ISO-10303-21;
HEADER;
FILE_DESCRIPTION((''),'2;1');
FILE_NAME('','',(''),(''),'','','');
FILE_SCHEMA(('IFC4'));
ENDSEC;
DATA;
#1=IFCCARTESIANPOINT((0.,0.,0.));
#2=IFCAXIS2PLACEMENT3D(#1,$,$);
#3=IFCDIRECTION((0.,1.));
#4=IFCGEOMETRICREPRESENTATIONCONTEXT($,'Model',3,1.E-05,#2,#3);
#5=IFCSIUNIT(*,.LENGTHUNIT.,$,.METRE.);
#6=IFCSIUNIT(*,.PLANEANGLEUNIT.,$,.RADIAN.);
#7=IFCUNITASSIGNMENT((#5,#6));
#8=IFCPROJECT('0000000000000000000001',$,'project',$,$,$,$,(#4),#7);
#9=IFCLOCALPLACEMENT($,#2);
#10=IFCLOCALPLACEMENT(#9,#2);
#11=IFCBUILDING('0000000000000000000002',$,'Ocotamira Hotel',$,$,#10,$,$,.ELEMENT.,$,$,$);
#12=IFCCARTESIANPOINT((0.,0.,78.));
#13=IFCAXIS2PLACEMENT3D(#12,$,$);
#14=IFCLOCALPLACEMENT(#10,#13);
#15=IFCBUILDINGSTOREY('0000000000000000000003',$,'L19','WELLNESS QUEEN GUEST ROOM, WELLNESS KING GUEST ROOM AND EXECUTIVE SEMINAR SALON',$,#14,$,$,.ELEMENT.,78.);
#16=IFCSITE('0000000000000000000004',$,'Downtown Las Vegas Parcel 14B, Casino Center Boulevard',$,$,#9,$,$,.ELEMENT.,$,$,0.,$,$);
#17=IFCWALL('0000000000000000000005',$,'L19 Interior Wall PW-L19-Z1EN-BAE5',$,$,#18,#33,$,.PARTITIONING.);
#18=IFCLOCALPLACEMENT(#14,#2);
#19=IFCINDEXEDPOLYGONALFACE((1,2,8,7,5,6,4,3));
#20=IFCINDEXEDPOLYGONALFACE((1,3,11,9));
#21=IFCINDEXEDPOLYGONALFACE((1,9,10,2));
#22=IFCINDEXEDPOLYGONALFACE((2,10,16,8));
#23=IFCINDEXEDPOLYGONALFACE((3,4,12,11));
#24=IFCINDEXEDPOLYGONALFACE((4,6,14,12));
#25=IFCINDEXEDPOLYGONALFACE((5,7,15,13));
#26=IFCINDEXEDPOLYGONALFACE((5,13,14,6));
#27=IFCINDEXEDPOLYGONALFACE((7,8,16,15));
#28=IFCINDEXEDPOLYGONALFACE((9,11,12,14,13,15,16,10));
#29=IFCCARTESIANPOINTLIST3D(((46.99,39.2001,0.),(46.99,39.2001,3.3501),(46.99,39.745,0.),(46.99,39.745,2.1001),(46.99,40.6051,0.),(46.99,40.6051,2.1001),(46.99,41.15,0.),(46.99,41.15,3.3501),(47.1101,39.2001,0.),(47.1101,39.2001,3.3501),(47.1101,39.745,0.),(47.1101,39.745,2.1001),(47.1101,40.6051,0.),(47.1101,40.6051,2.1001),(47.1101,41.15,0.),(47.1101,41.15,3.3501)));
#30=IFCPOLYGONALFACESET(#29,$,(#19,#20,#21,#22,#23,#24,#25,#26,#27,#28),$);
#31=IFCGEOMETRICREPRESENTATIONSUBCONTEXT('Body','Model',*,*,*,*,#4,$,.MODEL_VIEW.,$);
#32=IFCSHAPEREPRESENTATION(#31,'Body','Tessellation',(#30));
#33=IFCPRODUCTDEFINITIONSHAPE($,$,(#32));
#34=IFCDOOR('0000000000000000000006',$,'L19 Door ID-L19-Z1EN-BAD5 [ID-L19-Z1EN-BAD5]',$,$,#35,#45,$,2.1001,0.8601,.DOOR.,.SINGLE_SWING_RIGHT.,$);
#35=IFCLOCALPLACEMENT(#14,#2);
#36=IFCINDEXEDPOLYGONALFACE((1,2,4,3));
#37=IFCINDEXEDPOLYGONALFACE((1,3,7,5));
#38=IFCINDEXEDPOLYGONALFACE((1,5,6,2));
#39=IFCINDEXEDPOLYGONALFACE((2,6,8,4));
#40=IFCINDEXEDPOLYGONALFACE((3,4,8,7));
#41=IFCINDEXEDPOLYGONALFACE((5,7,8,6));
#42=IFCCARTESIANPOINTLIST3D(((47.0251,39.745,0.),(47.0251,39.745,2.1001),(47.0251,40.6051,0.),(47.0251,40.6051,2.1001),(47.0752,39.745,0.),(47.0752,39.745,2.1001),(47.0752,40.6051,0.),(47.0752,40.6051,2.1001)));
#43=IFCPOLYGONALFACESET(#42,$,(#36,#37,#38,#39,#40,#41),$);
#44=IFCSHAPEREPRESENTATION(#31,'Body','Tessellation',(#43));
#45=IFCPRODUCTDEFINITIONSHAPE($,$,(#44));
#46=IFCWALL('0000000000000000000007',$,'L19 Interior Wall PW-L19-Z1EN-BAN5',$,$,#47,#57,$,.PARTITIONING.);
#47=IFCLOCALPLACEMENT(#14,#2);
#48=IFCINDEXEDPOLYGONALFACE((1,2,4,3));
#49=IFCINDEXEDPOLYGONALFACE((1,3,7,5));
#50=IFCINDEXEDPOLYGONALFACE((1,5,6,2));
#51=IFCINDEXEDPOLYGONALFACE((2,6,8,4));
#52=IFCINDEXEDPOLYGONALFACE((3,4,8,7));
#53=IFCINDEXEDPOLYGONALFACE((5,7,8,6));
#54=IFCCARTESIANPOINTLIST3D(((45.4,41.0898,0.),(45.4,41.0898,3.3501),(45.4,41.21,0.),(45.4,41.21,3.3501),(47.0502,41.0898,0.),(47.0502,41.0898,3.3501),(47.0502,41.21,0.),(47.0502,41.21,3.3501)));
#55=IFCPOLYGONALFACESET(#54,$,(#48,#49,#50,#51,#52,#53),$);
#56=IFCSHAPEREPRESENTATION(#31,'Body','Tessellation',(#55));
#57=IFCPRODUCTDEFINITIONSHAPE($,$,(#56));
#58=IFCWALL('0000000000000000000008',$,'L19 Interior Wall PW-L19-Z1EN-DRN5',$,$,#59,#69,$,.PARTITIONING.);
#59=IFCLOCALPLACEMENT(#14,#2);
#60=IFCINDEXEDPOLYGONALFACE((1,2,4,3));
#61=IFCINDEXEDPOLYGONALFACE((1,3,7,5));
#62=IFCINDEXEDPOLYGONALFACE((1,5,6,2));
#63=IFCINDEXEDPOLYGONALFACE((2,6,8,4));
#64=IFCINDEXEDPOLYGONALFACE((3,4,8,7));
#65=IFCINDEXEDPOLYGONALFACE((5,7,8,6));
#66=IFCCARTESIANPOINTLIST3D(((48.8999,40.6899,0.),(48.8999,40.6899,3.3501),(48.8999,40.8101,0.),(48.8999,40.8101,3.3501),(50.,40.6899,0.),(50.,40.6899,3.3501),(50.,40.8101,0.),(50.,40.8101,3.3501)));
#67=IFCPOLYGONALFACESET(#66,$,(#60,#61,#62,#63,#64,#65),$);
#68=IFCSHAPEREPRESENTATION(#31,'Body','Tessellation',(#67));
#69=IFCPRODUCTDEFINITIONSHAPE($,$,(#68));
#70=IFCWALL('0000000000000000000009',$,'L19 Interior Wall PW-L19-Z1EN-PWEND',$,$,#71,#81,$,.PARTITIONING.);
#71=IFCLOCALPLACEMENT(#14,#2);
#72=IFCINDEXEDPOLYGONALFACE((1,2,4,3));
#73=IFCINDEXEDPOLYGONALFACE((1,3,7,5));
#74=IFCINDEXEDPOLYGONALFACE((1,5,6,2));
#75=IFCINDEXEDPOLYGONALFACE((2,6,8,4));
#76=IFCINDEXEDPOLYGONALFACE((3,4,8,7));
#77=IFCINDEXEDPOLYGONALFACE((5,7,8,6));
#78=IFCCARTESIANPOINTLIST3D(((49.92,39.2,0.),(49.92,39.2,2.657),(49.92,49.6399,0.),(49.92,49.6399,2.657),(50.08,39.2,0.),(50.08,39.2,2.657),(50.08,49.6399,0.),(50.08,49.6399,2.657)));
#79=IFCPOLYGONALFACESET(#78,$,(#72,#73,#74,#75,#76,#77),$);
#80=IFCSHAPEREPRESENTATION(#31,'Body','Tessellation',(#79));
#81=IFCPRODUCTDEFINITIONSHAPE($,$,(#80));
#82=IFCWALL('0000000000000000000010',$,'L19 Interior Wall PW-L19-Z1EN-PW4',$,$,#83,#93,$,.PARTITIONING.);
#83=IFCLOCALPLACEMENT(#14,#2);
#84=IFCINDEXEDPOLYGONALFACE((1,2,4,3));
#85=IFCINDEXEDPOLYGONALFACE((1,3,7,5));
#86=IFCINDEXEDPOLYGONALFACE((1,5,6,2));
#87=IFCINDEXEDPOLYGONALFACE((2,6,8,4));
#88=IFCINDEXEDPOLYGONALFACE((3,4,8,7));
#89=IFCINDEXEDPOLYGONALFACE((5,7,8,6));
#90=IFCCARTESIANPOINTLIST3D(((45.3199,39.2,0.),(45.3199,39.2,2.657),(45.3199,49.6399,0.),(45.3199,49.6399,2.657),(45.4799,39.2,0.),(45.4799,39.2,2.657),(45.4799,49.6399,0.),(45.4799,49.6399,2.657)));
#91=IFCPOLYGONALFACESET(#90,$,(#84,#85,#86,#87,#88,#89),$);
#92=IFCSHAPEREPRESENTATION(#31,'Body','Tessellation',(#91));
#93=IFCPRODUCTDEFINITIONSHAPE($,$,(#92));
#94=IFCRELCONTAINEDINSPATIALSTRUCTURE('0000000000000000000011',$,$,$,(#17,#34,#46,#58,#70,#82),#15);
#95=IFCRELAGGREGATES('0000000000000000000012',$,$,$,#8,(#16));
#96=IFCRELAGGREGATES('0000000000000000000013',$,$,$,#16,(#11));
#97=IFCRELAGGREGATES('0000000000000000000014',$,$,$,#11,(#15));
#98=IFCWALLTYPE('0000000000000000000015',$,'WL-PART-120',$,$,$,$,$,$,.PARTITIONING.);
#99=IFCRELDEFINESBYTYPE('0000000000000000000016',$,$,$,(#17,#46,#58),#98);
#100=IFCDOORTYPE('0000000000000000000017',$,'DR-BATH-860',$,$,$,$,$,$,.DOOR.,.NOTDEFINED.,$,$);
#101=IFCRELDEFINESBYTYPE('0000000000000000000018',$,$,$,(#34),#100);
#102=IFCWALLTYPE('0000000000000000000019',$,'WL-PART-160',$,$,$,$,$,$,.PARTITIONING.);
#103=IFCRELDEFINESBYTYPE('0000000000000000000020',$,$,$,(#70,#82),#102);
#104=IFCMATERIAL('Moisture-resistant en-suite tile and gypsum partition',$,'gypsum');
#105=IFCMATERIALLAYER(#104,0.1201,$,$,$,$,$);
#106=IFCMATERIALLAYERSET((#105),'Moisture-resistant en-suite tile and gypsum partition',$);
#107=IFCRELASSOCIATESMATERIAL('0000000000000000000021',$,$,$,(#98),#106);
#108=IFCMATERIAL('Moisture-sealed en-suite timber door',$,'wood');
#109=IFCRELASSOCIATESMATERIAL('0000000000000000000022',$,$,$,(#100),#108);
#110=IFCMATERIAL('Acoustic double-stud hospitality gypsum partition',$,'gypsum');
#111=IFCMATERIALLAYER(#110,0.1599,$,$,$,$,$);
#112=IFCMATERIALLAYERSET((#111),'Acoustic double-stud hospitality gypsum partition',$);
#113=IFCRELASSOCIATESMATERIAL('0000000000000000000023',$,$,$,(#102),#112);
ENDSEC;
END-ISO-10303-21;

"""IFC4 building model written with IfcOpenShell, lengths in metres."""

from ifc_helpers import new_model, si_unit, direction, frame, frame_2d, origin, place, context, subcontext, project, spatial, rectangle, extrude, source, transform, mapped, material, layer, layer_set, type_object, element, fill, save


model = new_model("IFC4")

# Units and contexts
model_context = context("Model", 3, precision=1e-05, world=origin(), true_north=direction((0.0, 1.0)))
body_context = subcontext(model_context, "Body", "Model", "MODEL_VIEW")
ifc_project = project(units=[si_unit("LENGTHUNIT", "METRE"), si_unit("PLANEANGLEUNIT", "RADIAN")], contexts=[model_context])

# Site, building, storey
site_placement = place(None, origin())
site = spatial("IfcSite", under=ifc_project, at=site_placement, Name="Downtown Las Vegas Parcel 14B, Casino Center Boulevard", CompositionType="ELEMENT", RefElevation=0.0)
building_placement = place(site_placement, origin())
building = spatial("IfcBuilding", under=site, at=building_placement, Name="Ocotamira Hotel", CompositionType="ELEMENT")
storey_placement = place(building_placement, frame((0.0, 0.0, 78.0)))
storey = spatial("IfcBuildingStorey", under=building, at=storey_placement, Name="L19", Description="WELLNESS QUEEN GUEST ROOM, WELLNESS KING GUEST ROOM AND EXECUTIVE SEMINAR SALON", CompositionType="ELEMENT", Elevation=78.0)

# Wall, opening, door
ifc_material_1 = material(Name="Moisture-resistant en-suite tile and gypsum partition", Category="gypsum")
ifc_layer_1 = layer(ifc_material_1, 0.1201)
ifc_layer_set_1 = layer_set([ifc_layer_1], Name="Moisture-resistant en-suite tile and gypsum partition")
wall_type_1 = type_object("IfcWallType", Name="WL-PART-120", PredefinedType="PARTITIONING", material=ifc_layer_set_1)
wall_1_placement = place(storey_placement, frame((47.05, 39.2, 0.0), z_axis=(0.0, 0.0, 1.0), x_axis=(0.0, 1.0, 0.0)))
wall_1 = element("IfcWall", 1, at=wall_1_placement, inside=storey, type_object=wall_type_1, Name="L19 Interior Wall PW-L19-Z1EN-BAE5", PredefinedType="PARTITIONING", context=body_context, shape_type="SweptSolid", body=[
    extrude(rectangle(XDim=1.95, YDim=0.1201, at=frame_2d((0.9751, 0.0))), origin(), (0.0, 0.0, 1.0), 3.3501),
])
opening_1_placement = place(wall_1_placement, frame((0.5449, 0.0, 0.0)))
opening_1 = element("IfcOpeningElement", 2, at=opening_1_placement, cuts=wall_1, PredefinedType="OPENING", context=body_context, shape_type="SweptSolid", body=[
    extrude(rectangle(XDim=0.8601, YDim=2.1001, at=frame_2d((0.4302, 1.05))), frame((0.0, 0.0701, 0.0), z_axis=(0.0, -1.0, 0.0), x_axis=(1.0, 0.0, 0.0)), (0.0, 0.0, 1.0), 0.1401),
])
ifc_material_2 = material(Name="Moisture-sealed en-suite timber door", Category="wood")
door_type_1 = type_object("IfcDoorType", Name="DR-BATH-860", OperationType="NOTDEFINED", PredefinedType="DOOR", material=ifc_material_2)
shared_shape_1 = source(origin(), body_context, "Body", "SweptSolid", [
    extrude(rectangle(XDim=0.8601, YDim=2.1001, at=frame_2d((0.4302, 1.05))), frame((0.0, 0.0249, 0.0), z_axis=(0.0, -1.0, 0.0), x_axis=(1.0, 0.0, 0.0)), (0.0, 0.0, 1.0), 0.05),
])
door_1_placement = place(opening_1_placement, origin())
door_1 = element("IfcDoor", 3, at=door_1_placement, inside=storey, type_object=door_type_1, Name="L19 Door ID-L19-Z1EN-BAD5 [ID-L19-Z1EN-BAD5]", OperationType="SINGLE_SWING_RIGHT", OverallHeight=2.1001, OverallWidth=0.8601, PredefinedType="DOOR", context=body_context, shape_type="MappedRepresentation", body=[
    mapped(shared_shape_1, transform((0.0, 0.0, 0.0), scale=1.0)),
])
fill(opening_1, door_1)

# Walls
wall_2_placement = place(storey_placement, frame((45.3999, 41.1499, 0.0), z_axis=(0.0, 0.0, 1.0), x_axis=(1.0, 0.0, 0.0)))
element("IfcWall", 4, at=wall_2_placement, inside=storey, type_object=wall_type_1, Name="L19 Interior Wall PW-L19-Z1EN-BAN5", PredefinedType="PARTITIONING", context=body_context, shape_type="SweptSolid", body=[
    extrude(rectangle(XDim=1.6501, YDim=0.1201, at=frame_2d((0.8252, 0.0))), origin(), (0.0, 0.0, 1.0), 3.3501),
])
wall_3_placement = place(storey_placement, frame((48.8999, 40.75, 0.0), z_axis=(0.0, 0.0, 1.0), x_axis=(1.0, 0.0, 0.0)))
element("IfcWall", 5, at=wall_3_placement, inside=storey, type_object=wall_type_1, Name="L19 Interior Wall PW-L19-Z1EN-DRN5", PredefinedType="PARTITIONING", context=body_context, shape_type="SweptSolid", body=[
    extrude(rectangle(XDim=1.1001, YDim=0.1201, at=frame_2d((0.55, 0.0))), origin(), (0.0, 0.0, 1.0), 3.3501),
])
ifc_material_3 = material(Name="Acoustic double-stud hospitality gypsum partition", Category="gypsum")
ifc_layer_2 = layer(ifc_material_3, 0.1599)
ifc_layer_set_2 = layer_set([ifc_layer_2], Name="Acoustic double-stud hospitality gypsum partition")
wall_type_2 = type_object("IfcWallType", Name="WL-PART-160", PredefinedType="PARTITIONING", material=ifc_layer_set_2)
for number, where, z_axis, x_axis, name in (
    (6, (50.0, 39.2, 0.0), (0.0, 0.0, 1.0), (0.0, 1.0, 0.0), "L19 Interior Wall PW-L19-Z1EN-PWEND"),
    (7, (45.3999, 39.2, 0.0), (0.0, 0.0, 1.0), (0.0, 1.0, 0.0), "L19 Interior Wall PW-L19-Z1EN-PW4"),
):
    element("IfcWall", number, at=place(storey_placement, frame(where, z_axis=z_axis, x_axis=x_axis)), inside=storey, type_object=wall_type_2, Name=name, PredefinedType="PARTITIONING", context=body_context, shape_type="SweptSolid", body=[
        extrude(rectangle(XDim=10.4399, YDim=0.1599, at=frame_2d((5.22, 0.0))), origin(), (0.0, 0.0, 1.0), 2.657),
    ])

save(model, "model.ifc")
